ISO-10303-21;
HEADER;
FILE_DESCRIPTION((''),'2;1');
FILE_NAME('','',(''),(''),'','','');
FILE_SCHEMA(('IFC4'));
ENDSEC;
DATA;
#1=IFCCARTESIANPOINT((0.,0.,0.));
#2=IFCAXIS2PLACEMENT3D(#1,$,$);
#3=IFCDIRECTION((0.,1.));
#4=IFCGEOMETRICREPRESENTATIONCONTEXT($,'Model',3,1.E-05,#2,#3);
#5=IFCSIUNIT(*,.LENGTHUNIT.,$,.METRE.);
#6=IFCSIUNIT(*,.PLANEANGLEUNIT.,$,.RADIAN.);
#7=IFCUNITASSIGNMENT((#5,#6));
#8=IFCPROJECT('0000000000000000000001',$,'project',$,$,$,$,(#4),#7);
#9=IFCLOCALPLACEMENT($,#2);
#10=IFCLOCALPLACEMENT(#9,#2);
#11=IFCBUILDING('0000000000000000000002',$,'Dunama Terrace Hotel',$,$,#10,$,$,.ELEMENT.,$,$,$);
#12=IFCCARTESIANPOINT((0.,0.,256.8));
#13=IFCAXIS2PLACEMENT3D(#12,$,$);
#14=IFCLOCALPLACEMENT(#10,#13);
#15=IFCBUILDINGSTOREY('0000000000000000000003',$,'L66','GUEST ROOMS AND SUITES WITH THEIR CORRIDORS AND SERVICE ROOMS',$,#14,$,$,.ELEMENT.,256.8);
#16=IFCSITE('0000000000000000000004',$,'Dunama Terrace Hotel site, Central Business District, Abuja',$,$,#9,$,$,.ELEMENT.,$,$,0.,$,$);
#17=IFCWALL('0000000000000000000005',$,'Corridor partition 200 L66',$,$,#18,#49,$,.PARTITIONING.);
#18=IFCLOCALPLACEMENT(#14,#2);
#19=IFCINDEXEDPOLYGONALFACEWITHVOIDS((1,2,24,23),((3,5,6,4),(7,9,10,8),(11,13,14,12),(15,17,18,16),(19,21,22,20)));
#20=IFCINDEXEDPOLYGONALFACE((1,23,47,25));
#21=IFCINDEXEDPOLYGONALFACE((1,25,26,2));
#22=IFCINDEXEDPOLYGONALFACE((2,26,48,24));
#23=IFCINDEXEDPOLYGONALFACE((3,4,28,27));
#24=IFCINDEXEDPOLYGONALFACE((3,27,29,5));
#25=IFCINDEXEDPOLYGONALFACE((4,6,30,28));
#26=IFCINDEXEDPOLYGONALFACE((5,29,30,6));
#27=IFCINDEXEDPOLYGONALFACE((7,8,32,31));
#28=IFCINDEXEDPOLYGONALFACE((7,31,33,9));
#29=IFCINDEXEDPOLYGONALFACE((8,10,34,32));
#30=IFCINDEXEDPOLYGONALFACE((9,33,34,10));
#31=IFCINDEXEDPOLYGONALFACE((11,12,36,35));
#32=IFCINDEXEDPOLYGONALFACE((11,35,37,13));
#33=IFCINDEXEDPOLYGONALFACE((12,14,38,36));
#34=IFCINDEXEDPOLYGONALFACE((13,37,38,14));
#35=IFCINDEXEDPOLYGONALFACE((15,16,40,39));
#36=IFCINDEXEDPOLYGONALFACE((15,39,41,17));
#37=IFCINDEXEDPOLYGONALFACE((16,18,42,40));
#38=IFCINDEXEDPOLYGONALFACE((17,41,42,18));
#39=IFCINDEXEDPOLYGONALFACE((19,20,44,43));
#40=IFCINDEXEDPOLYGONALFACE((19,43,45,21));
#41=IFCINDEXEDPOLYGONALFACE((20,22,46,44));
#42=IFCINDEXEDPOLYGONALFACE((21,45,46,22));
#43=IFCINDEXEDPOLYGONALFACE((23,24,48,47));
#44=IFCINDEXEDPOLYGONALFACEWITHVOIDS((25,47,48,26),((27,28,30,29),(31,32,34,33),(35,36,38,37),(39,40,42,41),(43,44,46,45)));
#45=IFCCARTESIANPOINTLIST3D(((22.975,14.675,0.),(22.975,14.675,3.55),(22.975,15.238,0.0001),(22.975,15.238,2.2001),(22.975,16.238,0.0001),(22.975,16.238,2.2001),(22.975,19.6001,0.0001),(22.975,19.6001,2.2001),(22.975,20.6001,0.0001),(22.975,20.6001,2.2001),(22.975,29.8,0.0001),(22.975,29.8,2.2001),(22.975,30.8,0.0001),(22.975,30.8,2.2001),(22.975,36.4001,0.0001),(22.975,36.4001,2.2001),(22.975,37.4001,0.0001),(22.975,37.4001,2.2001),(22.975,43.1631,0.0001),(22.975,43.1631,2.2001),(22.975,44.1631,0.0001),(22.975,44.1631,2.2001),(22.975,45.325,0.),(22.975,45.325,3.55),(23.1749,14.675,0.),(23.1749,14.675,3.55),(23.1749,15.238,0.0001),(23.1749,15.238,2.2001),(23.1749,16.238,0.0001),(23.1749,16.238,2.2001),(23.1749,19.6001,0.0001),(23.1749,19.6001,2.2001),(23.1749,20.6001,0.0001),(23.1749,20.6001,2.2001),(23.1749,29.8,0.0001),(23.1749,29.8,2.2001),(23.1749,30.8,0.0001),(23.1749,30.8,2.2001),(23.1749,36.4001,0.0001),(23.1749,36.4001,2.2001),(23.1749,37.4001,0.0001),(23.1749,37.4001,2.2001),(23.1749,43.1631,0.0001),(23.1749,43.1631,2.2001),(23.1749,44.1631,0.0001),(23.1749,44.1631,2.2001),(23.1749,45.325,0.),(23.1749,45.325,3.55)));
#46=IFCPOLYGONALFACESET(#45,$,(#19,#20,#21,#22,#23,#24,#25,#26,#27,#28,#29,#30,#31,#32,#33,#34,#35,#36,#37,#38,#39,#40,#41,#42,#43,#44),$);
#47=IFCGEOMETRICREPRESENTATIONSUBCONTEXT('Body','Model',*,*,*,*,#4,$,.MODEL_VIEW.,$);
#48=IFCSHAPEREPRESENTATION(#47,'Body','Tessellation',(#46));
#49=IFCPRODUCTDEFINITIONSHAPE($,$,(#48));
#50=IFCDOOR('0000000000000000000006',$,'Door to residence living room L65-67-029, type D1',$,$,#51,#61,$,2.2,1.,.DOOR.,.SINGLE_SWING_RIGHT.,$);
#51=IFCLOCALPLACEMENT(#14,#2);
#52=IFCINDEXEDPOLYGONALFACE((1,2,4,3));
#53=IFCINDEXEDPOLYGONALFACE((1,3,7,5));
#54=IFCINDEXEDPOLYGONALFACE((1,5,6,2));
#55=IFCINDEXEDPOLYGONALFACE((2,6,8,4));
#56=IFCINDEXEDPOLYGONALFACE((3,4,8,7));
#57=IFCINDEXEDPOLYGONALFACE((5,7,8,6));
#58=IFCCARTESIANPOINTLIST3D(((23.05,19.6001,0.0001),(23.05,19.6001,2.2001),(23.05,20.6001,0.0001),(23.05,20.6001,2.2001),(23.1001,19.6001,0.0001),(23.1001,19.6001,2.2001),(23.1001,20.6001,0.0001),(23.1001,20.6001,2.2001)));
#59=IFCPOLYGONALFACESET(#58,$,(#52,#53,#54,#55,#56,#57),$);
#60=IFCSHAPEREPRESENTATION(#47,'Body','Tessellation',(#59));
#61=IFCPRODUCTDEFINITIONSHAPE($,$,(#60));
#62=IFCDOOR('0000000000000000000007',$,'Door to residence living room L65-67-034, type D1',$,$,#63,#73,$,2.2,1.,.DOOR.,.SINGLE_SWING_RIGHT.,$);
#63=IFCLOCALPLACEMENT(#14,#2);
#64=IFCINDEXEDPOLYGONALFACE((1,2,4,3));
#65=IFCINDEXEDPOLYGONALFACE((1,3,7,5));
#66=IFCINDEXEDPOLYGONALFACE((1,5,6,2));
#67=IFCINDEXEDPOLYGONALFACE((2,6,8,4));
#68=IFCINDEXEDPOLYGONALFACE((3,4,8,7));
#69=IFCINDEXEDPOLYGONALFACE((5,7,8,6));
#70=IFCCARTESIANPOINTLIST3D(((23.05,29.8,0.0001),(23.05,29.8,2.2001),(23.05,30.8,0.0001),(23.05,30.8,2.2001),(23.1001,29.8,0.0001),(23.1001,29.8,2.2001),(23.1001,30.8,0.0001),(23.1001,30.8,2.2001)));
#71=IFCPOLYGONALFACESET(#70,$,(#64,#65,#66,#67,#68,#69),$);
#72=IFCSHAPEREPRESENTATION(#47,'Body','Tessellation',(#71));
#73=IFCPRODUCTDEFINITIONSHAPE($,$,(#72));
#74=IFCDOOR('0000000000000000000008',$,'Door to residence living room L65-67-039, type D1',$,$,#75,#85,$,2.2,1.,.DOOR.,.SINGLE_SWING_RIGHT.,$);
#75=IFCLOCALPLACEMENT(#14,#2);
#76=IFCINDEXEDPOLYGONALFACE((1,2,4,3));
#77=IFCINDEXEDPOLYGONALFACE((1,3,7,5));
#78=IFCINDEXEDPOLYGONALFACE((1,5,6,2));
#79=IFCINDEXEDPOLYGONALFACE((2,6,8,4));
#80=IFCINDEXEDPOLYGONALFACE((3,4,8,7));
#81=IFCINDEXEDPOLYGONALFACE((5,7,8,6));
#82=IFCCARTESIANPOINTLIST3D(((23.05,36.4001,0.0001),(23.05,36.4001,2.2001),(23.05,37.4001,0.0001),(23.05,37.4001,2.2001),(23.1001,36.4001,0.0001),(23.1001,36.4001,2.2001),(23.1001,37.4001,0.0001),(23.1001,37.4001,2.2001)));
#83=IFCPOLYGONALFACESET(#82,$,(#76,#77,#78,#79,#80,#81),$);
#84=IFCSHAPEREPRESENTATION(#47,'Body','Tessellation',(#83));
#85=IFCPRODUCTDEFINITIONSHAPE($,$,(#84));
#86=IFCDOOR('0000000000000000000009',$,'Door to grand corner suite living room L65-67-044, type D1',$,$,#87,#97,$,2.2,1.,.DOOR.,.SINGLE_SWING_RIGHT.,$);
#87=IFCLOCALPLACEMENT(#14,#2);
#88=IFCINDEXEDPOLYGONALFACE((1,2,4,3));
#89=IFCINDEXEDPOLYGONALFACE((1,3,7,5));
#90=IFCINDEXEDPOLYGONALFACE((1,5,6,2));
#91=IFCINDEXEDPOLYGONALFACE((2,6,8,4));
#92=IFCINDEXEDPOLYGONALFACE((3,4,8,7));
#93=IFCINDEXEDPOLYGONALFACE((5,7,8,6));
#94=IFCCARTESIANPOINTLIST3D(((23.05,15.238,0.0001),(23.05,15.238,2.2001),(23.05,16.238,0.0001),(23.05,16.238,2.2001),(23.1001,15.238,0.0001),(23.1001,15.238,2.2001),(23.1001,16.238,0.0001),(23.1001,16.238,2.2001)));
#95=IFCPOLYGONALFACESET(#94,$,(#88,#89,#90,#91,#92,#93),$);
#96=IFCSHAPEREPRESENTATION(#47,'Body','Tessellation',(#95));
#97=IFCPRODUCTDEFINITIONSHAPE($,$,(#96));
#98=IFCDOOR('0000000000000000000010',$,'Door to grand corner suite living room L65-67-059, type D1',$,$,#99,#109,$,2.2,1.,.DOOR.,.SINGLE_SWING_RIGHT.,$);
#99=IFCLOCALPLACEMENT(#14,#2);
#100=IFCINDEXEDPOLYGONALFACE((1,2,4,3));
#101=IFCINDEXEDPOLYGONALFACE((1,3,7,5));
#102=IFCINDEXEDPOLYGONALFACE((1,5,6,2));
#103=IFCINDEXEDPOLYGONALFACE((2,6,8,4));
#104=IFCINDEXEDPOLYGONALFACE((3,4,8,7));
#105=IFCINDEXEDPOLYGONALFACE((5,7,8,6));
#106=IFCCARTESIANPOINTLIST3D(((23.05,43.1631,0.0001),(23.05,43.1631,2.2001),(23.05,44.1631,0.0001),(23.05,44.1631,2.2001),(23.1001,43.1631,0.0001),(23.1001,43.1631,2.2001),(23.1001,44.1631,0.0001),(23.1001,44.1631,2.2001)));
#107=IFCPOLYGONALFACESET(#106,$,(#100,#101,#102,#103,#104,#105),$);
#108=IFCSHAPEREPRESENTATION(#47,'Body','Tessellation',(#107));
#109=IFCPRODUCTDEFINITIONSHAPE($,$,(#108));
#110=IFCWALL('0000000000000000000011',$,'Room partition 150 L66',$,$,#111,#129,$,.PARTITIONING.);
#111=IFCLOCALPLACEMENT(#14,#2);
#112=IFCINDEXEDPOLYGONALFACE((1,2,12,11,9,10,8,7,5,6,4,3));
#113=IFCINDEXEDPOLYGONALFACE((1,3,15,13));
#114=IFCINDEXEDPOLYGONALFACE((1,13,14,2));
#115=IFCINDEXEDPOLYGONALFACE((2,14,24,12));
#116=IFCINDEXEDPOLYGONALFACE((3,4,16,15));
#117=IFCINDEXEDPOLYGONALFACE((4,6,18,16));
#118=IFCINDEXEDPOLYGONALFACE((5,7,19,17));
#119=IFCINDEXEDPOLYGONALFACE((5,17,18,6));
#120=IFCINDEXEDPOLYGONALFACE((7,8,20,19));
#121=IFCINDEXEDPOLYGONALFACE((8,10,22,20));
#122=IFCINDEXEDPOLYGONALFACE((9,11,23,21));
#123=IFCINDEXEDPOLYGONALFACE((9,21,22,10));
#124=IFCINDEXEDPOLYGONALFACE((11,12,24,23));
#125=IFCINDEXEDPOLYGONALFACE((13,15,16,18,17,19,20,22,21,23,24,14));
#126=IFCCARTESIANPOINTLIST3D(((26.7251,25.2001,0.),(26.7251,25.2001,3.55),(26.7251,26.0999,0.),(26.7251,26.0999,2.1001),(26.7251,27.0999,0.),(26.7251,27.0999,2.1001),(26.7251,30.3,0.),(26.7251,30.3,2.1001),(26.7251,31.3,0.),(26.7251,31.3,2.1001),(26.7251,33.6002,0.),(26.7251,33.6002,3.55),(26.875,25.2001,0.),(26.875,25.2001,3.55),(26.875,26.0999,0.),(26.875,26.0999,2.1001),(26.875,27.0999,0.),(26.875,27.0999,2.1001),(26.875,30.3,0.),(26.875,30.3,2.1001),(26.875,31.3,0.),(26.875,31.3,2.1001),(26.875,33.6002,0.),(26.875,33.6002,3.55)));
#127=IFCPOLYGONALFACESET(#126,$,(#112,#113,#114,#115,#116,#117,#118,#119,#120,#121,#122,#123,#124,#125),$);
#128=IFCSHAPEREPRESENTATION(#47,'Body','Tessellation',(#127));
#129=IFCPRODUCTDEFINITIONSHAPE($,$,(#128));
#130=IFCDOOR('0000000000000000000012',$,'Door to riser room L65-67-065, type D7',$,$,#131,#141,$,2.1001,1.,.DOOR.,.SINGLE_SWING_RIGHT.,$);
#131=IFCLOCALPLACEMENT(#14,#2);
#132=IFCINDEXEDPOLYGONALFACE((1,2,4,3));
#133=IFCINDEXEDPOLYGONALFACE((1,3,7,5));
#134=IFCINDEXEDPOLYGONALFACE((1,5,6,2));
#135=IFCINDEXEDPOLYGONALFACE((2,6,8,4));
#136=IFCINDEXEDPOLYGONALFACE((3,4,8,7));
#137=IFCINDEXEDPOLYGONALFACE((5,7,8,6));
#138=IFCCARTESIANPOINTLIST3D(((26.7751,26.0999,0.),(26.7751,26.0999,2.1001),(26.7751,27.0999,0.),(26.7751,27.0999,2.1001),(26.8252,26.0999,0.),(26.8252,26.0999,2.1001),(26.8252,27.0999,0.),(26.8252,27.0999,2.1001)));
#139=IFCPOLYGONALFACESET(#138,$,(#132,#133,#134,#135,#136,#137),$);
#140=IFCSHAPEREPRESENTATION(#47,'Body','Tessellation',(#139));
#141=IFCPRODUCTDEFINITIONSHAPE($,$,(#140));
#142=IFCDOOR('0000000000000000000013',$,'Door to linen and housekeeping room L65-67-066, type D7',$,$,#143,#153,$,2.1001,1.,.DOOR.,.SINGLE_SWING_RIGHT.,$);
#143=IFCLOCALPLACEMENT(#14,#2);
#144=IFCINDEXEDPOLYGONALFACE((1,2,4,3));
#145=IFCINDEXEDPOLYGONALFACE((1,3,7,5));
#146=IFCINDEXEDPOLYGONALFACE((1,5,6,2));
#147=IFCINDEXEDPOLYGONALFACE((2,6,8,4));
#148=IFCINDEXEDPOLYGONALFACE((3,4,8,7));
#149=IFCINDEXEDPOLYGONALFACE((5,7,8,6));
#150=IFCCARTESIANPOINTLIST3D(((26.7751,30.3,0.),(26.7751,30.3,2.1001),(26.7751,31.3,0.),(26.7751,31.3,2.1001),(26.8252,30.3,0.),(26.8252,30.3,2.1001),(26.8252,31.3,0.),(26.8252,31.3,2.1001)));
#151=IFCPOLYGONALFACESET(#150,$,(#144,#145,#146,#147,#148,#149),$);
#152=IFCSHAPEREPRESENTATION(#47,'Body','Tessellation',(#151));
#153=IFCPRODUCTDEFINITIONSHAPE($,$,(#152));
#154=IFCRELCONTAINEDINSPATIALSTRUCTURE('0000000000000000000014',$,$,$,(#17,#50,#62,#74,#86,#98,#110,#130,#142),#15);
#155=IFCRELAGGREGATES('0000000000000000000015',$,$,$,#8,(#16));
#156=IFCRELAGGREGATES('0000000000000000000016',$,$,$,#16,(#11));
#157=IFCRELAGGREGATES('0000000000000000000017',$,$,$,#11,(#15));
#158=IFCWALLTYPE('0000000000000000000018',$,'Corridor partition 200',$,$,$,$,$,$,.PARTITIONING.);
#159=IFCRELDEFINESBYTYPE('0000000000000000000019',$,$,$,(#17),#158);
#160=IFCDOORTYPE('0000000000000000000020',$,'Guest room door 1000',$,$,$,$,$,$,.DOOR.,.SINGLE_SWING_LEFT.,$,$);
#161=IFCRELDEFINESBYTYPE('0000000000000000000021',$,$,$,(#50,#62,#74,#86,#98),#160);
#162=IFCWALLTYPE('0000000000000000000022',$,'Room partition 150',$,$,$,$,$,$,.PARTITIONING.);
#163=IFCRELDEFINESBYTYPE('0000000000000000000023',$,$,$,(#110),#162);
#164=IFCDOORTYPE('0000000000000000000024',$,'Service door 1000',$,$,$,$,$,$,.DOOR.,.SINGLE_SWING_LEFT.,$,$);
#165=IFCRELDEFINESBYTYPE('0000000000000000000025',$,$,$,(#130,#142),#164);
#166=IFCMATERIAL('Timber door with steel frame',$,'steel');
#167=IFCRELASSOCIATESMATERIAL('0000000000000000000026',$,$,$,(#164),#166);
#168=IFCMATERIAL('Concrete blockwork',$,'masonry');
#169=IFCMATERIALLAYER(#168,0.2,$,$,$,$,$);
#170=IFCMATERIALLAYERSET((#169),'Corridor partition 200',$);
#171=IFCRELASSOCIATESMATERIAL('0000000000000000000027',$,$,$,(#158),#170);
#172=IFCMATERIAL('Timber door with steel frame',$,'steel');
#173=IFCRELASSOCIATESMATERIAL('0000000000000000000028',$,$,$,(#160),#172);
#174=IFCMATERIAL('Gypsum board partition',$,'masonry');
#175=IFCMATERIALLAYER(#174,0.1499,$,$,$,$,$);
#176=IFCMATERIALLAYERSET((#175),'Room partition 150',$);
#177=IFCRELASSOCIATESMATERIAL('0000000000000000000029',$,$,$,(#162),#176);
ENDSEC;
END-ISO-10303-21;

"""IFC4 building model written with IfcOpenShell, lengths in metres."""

from ifc_helpers import new_model, si_unit, direction, frame, frame_2d, origin, place, context, subcontext, project, spatial, rectangle, extrude, material, layer, layer_set, type_object, element, fill, save


model = new_model("IFC4")

# Units and contexts
model_context = context("Model", 3, precision=1e-05, world=origin(), true_north=direction((0.0, 1.0)))
body_context = subcontext(model_context, "Body", "Model", "MODEL_VIEW")
ifc_project = project(units=[si_unit("LENGTHUNIT", "METRE"), si_unit("PLANEANGLEUNIT", "RADIAN")], contexts=[model_context])

# Site, building, storey
site_placement = place(None, origin())
site = spatial("IfcSite", under=ifc_project, at=site_placement, Name="Dunama Terrace Hotel site, Central Business District, Abuja", CompositionType="ELEMENT", RefElevation=0.0)
building_placement = place(site_placement, origin())
building = spatial("IfcBuilding", under=site, at=building_placement, Name="Dunama Terrace Hotel", CompositionType="ELEMENT")
storey_placement = place(building_placement, frame((0.0, 0.0, 256.8)))
storey = spatial("IfcBuildingStorey", under=building, at=storey_placement, Name="L66", Description="GUEST ROOMS AND SUITES WITH THEIR CORRIDORS AND SERVICE ROOMS", CompositionType="ELEMENT", Elevation=256.8)

# Walls, openings, doors
ifc_material_1 = material(Name="Timber door with steel frame", Category="steel")
door_type_1 = type_object("IfcDoorType", Name="Service door 1000", OperationType="SINGLE_SWING_LEFT", PredefinedType="DOOR", material=ifc_material_1)
ifc_material_2 = material(Name="Concrete blockwork", Category="masonry")
ifc_layer_1 = layer(ifc_material_2, 0.2)
ifc_layer_set_1 = layer_set([ifc_layer_1], Name="Corridor partition 200")
wall_type_1 = type_object("IfcWallType", Name="Corridor partition 200", PredefinedType="PARTITIONING", material=ifc_layer_set_1)
wall_1_placement = place(storey_placement, frame((23.075, 14.675, 0.0), z_axis=(0.0, 0.0, 1.0), x_axis=(0.0, 1.0, 0.0)))
wall_1 = element("IfcWall", 1, at=wall_1_placement, inside=storey, type_object=wall_type_1, Name="Corridor partition 200 L66", PredefinedType="PARTITIONING", context=body_context, shape_type="SweptSolid", body=[
    extrude(rectangle(XDim=30.6499, YDim=0.2, at=frame_2d((15.325, 0.0))), origin(), (0.0, 0.0, 1.0), 3.55),
])
opening_1_placement = place(wall_1_placement, frame((4.925, 0.0, 0.0)))
opening_1 = element("IfcOpeningElement", 2, at=opening_1_placement, cuts=wall_1, PredefinedType="OPENING", context=body_context, shape_type="SweptSolid", body=[
    extrude(rectangle(XDim=1.0, YDim=2.2, at=frame_2d((0.5, 1.1001))), frame((0.0, 0.1099, 0.0), z_axis=(0.0, -1.0, 0.0), x_axis=(1.0, 0.0, 0.0)), (0.0, 0.0, 1.0), 0.22),
])
opening_2_placement = place(wall_1_placement, frame((15.125, 0.0, 0.0)))
opening_2 = element("IfcOpeningElement", 3, at=opening_2_placement, cuts=wall_1, PredefinedType="OPENING", context=body_context, shape_type="SweptSolid", body=[
    extrude(rectangle(XDim=1.0, YDim=2.2, at=frame_2d((0.5, 1.1001))), frame((0.0, 0.1099, 0.0), z_axis=(0.0, -1.0, 0.0), x_axis=(1.0, 0.0, 0.0)), (0.0, 0.0, 1.0), 0.22),
])
opening_3_placement = place(wall_1_placement, frame((21.7251, 0.0, 0.0)))
opening_3 = element("IfcOpeningElement", 4, at=opening_3_placement, cuts=wall_1, PredefinedType="OPENING", context=body_context, shape_type="SweptSolid", body=[
    extrude(rectangle(XDim=1.0, YDim=2.2, at=frame_2d((0.5, 1.1001))), frame((0.0, 0.1099, 0.0), z_axis=(0.0, -1.0, 0.0), x_axis=(1.0, 0.0, 0.0)), (0.0, 0.0, 1.0), 0.22),
])
opening_4_placement = place(wall_1_placement, frame((0.563, 0.0, 0.0)))
opening_4 = element("IfcOpeningElement", 5, at=opening_4_placement, cuts=wall_1, PredefinedType="OPENING", context=body_context, shape_type="SweptSolid", body=[
    extrude(rectangle(XDim=1.0, YDim=2.2, at=frame_2d((0.5, 1.1001))), frame((0.0, 0.1099, 0.0), z_axis=(0.0, -1.0, 0.0), x_axis=(1.0, 0.0, 0.0)), (0.0, 0.0, 1.0), 0.22),
])
opening_5_placement = place(wall_1_placement, frame((28.488, 0.0, 0.0)))
opening_5 = element("IfcOpeningElement", 6, at=opening_5_placement, cuts=wall_1, PredefinedType="OPENING", context=body_context, shape_type="SweptSolid", body=[
    extrude(rectangle(XDim=1.0, YDim=2.2, at=frame_2d((0.5, 1.1001))), frame((0.0, 0.1099, 0.0), z_axis=(0.0, -1.0, 0.0), x_axis=(1.0, 0.0, 0.0)), (0.0, 0.0, 1.0), 0.22),
])
ifc_material_3 = material(Name="Timber door with steel frame", Category="steel")
door_type_2 = type_object("IfcDoorType", Name="Guest room door 1000", OperationType="SINGLE_SWING_LEFT", PredefinedType="DOOR", material=ifc_material_3)
door_1_placement = place(opening_1_placement, origin())
door_1 = element("IfcDoor", 7, at=door_1_placement, inside=storey, type_object=door_type_2, Name="Door to residence living room L65-67-029, type D1", OperationType="SINGLE_SWING_RIGHT", OverallHeight=2.2, OverallWidth=1.0, PredefinedType="DOOR", context=body_context, shape_type="SweptSolid", body=[
    extrude(rectangle(XDim=1.0, YDim=2.2, at=frame_2d((0.5, 1.1001))), frame((0.0, 0.0249, 0.0), z_axis=(0.0, -1.0, 0.0), x_axis=(1.0, 0.0, 0.0)), (0.0, 0.0, 1.0), 0.05),
])
fill(opening_1, door_1)
door_2_placement = place(opening_2_placement, origin())
door_2 = element("IfcDoor", 8, at=door_2_placement, inside=storey, type_object=door_type_2, Name="Door to residence living room L65-67-034, type D1", OperationType="SINGLE_SWING_RIGHT", OverallHeight=2.2, OverallWidth=1.0, PredefinedType="DOOR", context=body_context, shape_type="SweptSolid", body=[
    extrude(rectangle(XDim=1.0, YDim=2.2, at=frame_2d((0.5, 1.1001))), frame((0.0, 0.0249, 0.0), z_axis=(0.0, -1.0, 0.0), x_axis=(1.0, 0.0, 0.0)), (0.0, 0.0, 1.0), 0.05),
])
fill(opening_2, door_2)
door_3_placement = place(opening_3_placement, origin())
door_3 = element("IfcDoor", 9, at=door_3_placement, inside=storey, type_object=door_type_2, Name="Door to residence living room L65-67-039, type D1", OperationType="SINGLE_SWING_RIGHT", OverallHeight=2.2, OverallWidth=1.0, PredefinedType="DOOR", context=body_context, shape_type="SweptSolid", body=[
    extrude(rectangle(XDim=1.0, YDim=2.2, at=frame_2d((0.5, 1.1001))), frame((0.0, 0.0249, 0.0), z_axis=(0.0, -1.0, 0.0), x_axis=(1.0, 0.0, 0.0)), (0.0, 0.0, 1.0), 0.05),
])
fill(opening_3, door_3)
door_4_placement = place(opening_4_placement, origin())
door_4 = element("IfcDoor", 10, at=door_4_placement, inside=storey, type_object=door_type_2, Name="Door to grand corner suite living room L65-67-044, type D1", OperationType="SINGLE_SWING_RIGHT", OverallHeight=2.2, OverallWidth=1.0, PredefinedType="DOOR", context=body_context, shape_type="SweptSolid", body=[
    extrude(rectangle(XDim=1.0, YDim=2.2, at=frame_2d((0.5, 1.1001))), frame((0.0, 0.0249, 0.0), z_axis=(0.0, -1.0, 0.0), x_axis=(1.0, 0.0, 0.0)), (0.0, 0.0, 1.0), 0.05),
])
fill(opening_4, door_4)
door_5_placement = place(opening_5_placement, origin())
door_5 = element("IfcDoor", 11, at=door_5_placement, inside=storey, type_object=door_type_2, Name="Door to grand corner suite living room L65-67-059, type D1", OperationType="SINGLE_SWING_RIGHT", OverallHeight=2.2, OverallWidth=1.0, PredefinedType="DOOR", context=body_context, shape_type="SweptSolid", body=[
    extrude(rectangle(XDim=1.0, YDim=2.2, at=frame_2d((0.5, 1.1001))), frame((0.0, 0.0249, 0.0), z_axis=(0.0, -1.0, 0.0), x_axis=(1.0, 0.0, 0.0)), (0.0, 0.0, 1.0), 0.05),
])
fill(opening_5, door_5)
ifc_material_4 = material(Name="Gypsum board partition", Category="masonry")
ifc_layer_2 = layer(ifc_material_4, 0.1499)
ifc_layer_set_2 = layer_set([ifc_layer_2], Name="Room partition 150")
wall_type_2 = type_object("IfcWallType", Name="Room partition 150", PredefinedType="PARTITIONING", material=ifc_layer_set_2)
wall_2_placement = place(storey_placement, frame((26.8, 25.2, 0.0), z_axis=(0.0, 0.0, 1.0), x_axis=(0.0, 1.0, 0.0)))
wall_2 = element("IfcWall", 12, at=wall_2_placement, inside=storey, type_object=wall_type_2, Name="Room partition 150 L66", PredefinedType="PARTITIONING", context=body_context, shape_type="SweptSolid", body=[
    extrude(rectangle(XDim=8.4001, YDim=0.1499, at=frame_2d((4.2002, 0.0))), origin(), (0.0, 0.0, 1.0), 3.55),
])
opening_6_placement = place(wall_2_placement, frame((0.8999, 0.0, 0.0)))
opening_6 = element("IfcOpeningElement", 13, at=opening_6_placement, cuts=wall_2, PredefinedType="OPENING", context=body_context, shape_type="SweptSolid", body=[
    extrude(rectangle(XDim=1.0, YDim=2.1001, at=frame_2d((0.5, 1.05))), frame((0.0, 0.085, 0.0), z_axis=(0.0, -1.0, 0.0), x_axis=(1.0, 0.0, 0.0)), (0.0, 0.0, 1.0), 0.1699),
])
opening_7_placement = place(wall_2_placement, frame((5.1001, 0.0, 0.0)))
opening_7 = element("IfcOpeningElement", 14, at=opening_7_placement, cuts=wall_2, PredefinedType="OPENING", context=body_context, shape_type="SweptSolid", body=[
    extrude(rectangle(XDim=1.0, YDim=2.1001, at=frame_2d((0.5, 1.05))), frame((0.0, 0.085, 0.0), z_axis=(0.0, -1.0, 0.0), x_axis=(1.0, 0.0, 0.0)), (0.0, 0.0, 1.0), 0.1699),
])
door_6_placement = place(opening_6_placement, frame((1.0, 0.0, 0.0), z_axis=(0.0, 0.0, 1.0), x_axis=(-1.0, 0.0, 0.0)))
door_6 = element("IfcDoor", 15, at=door_6_placement, inside=storey, type_object=door_type_1, Name="Door to riser room L65-67-065, type D7", OperationType="SINGLE_SWING_RIGHT", OverallHeight=2.1001, OverallWidth=1.0, PredefinedType="DOOR", context=body_context, shape_type="SweptSolid", body=[
    extrude(rectangle(XDim=1.0, YDim=2.1001, at=frame_2d((0.5, 1.05))), frame((0.0, 0.0251, 0.0), z_axis=(0.0, -1.0, 0.0), x_axis=(1.0, 0.0, 0.0)), (0.0, 0.0, 1.0), 0.05),
])
fill(opening_6, door_6)
door_7_placement = place(opening_7_placement, frame((1.0, 0.0, 0.0), z_axis=(0.0, 0.0, 1.0), x_axis=(-1.0, 0.0, 0.0)))
door_7 = element("IfcDoor", 16, at=door_7_placement, inside=storey, type_object=door_type_1, Name="Door to linen and housekeeping room L65-67-066, type D7", OperationType="SINGLE_SWING_RIGHT", OverallHeight=2.1001, OverallWidth=1.0, PredefinedType="DOOR", context=body_context, shape_type="SweptSolid", body=[
    extrude(rectangle(XDim=1.0, YDim=2.1001, at=frame_2d((0.5, 1.05))), frame((0.0, 0.0251, 0.0), z_axis=(0.0, -1.0, 0.0), x_axis=(1.0, 0.0, 0.0)), (0.0, 0.0, 1.0), 0.05),
])
fill(opening_7, door_7)

save(model, "model.ifc")
